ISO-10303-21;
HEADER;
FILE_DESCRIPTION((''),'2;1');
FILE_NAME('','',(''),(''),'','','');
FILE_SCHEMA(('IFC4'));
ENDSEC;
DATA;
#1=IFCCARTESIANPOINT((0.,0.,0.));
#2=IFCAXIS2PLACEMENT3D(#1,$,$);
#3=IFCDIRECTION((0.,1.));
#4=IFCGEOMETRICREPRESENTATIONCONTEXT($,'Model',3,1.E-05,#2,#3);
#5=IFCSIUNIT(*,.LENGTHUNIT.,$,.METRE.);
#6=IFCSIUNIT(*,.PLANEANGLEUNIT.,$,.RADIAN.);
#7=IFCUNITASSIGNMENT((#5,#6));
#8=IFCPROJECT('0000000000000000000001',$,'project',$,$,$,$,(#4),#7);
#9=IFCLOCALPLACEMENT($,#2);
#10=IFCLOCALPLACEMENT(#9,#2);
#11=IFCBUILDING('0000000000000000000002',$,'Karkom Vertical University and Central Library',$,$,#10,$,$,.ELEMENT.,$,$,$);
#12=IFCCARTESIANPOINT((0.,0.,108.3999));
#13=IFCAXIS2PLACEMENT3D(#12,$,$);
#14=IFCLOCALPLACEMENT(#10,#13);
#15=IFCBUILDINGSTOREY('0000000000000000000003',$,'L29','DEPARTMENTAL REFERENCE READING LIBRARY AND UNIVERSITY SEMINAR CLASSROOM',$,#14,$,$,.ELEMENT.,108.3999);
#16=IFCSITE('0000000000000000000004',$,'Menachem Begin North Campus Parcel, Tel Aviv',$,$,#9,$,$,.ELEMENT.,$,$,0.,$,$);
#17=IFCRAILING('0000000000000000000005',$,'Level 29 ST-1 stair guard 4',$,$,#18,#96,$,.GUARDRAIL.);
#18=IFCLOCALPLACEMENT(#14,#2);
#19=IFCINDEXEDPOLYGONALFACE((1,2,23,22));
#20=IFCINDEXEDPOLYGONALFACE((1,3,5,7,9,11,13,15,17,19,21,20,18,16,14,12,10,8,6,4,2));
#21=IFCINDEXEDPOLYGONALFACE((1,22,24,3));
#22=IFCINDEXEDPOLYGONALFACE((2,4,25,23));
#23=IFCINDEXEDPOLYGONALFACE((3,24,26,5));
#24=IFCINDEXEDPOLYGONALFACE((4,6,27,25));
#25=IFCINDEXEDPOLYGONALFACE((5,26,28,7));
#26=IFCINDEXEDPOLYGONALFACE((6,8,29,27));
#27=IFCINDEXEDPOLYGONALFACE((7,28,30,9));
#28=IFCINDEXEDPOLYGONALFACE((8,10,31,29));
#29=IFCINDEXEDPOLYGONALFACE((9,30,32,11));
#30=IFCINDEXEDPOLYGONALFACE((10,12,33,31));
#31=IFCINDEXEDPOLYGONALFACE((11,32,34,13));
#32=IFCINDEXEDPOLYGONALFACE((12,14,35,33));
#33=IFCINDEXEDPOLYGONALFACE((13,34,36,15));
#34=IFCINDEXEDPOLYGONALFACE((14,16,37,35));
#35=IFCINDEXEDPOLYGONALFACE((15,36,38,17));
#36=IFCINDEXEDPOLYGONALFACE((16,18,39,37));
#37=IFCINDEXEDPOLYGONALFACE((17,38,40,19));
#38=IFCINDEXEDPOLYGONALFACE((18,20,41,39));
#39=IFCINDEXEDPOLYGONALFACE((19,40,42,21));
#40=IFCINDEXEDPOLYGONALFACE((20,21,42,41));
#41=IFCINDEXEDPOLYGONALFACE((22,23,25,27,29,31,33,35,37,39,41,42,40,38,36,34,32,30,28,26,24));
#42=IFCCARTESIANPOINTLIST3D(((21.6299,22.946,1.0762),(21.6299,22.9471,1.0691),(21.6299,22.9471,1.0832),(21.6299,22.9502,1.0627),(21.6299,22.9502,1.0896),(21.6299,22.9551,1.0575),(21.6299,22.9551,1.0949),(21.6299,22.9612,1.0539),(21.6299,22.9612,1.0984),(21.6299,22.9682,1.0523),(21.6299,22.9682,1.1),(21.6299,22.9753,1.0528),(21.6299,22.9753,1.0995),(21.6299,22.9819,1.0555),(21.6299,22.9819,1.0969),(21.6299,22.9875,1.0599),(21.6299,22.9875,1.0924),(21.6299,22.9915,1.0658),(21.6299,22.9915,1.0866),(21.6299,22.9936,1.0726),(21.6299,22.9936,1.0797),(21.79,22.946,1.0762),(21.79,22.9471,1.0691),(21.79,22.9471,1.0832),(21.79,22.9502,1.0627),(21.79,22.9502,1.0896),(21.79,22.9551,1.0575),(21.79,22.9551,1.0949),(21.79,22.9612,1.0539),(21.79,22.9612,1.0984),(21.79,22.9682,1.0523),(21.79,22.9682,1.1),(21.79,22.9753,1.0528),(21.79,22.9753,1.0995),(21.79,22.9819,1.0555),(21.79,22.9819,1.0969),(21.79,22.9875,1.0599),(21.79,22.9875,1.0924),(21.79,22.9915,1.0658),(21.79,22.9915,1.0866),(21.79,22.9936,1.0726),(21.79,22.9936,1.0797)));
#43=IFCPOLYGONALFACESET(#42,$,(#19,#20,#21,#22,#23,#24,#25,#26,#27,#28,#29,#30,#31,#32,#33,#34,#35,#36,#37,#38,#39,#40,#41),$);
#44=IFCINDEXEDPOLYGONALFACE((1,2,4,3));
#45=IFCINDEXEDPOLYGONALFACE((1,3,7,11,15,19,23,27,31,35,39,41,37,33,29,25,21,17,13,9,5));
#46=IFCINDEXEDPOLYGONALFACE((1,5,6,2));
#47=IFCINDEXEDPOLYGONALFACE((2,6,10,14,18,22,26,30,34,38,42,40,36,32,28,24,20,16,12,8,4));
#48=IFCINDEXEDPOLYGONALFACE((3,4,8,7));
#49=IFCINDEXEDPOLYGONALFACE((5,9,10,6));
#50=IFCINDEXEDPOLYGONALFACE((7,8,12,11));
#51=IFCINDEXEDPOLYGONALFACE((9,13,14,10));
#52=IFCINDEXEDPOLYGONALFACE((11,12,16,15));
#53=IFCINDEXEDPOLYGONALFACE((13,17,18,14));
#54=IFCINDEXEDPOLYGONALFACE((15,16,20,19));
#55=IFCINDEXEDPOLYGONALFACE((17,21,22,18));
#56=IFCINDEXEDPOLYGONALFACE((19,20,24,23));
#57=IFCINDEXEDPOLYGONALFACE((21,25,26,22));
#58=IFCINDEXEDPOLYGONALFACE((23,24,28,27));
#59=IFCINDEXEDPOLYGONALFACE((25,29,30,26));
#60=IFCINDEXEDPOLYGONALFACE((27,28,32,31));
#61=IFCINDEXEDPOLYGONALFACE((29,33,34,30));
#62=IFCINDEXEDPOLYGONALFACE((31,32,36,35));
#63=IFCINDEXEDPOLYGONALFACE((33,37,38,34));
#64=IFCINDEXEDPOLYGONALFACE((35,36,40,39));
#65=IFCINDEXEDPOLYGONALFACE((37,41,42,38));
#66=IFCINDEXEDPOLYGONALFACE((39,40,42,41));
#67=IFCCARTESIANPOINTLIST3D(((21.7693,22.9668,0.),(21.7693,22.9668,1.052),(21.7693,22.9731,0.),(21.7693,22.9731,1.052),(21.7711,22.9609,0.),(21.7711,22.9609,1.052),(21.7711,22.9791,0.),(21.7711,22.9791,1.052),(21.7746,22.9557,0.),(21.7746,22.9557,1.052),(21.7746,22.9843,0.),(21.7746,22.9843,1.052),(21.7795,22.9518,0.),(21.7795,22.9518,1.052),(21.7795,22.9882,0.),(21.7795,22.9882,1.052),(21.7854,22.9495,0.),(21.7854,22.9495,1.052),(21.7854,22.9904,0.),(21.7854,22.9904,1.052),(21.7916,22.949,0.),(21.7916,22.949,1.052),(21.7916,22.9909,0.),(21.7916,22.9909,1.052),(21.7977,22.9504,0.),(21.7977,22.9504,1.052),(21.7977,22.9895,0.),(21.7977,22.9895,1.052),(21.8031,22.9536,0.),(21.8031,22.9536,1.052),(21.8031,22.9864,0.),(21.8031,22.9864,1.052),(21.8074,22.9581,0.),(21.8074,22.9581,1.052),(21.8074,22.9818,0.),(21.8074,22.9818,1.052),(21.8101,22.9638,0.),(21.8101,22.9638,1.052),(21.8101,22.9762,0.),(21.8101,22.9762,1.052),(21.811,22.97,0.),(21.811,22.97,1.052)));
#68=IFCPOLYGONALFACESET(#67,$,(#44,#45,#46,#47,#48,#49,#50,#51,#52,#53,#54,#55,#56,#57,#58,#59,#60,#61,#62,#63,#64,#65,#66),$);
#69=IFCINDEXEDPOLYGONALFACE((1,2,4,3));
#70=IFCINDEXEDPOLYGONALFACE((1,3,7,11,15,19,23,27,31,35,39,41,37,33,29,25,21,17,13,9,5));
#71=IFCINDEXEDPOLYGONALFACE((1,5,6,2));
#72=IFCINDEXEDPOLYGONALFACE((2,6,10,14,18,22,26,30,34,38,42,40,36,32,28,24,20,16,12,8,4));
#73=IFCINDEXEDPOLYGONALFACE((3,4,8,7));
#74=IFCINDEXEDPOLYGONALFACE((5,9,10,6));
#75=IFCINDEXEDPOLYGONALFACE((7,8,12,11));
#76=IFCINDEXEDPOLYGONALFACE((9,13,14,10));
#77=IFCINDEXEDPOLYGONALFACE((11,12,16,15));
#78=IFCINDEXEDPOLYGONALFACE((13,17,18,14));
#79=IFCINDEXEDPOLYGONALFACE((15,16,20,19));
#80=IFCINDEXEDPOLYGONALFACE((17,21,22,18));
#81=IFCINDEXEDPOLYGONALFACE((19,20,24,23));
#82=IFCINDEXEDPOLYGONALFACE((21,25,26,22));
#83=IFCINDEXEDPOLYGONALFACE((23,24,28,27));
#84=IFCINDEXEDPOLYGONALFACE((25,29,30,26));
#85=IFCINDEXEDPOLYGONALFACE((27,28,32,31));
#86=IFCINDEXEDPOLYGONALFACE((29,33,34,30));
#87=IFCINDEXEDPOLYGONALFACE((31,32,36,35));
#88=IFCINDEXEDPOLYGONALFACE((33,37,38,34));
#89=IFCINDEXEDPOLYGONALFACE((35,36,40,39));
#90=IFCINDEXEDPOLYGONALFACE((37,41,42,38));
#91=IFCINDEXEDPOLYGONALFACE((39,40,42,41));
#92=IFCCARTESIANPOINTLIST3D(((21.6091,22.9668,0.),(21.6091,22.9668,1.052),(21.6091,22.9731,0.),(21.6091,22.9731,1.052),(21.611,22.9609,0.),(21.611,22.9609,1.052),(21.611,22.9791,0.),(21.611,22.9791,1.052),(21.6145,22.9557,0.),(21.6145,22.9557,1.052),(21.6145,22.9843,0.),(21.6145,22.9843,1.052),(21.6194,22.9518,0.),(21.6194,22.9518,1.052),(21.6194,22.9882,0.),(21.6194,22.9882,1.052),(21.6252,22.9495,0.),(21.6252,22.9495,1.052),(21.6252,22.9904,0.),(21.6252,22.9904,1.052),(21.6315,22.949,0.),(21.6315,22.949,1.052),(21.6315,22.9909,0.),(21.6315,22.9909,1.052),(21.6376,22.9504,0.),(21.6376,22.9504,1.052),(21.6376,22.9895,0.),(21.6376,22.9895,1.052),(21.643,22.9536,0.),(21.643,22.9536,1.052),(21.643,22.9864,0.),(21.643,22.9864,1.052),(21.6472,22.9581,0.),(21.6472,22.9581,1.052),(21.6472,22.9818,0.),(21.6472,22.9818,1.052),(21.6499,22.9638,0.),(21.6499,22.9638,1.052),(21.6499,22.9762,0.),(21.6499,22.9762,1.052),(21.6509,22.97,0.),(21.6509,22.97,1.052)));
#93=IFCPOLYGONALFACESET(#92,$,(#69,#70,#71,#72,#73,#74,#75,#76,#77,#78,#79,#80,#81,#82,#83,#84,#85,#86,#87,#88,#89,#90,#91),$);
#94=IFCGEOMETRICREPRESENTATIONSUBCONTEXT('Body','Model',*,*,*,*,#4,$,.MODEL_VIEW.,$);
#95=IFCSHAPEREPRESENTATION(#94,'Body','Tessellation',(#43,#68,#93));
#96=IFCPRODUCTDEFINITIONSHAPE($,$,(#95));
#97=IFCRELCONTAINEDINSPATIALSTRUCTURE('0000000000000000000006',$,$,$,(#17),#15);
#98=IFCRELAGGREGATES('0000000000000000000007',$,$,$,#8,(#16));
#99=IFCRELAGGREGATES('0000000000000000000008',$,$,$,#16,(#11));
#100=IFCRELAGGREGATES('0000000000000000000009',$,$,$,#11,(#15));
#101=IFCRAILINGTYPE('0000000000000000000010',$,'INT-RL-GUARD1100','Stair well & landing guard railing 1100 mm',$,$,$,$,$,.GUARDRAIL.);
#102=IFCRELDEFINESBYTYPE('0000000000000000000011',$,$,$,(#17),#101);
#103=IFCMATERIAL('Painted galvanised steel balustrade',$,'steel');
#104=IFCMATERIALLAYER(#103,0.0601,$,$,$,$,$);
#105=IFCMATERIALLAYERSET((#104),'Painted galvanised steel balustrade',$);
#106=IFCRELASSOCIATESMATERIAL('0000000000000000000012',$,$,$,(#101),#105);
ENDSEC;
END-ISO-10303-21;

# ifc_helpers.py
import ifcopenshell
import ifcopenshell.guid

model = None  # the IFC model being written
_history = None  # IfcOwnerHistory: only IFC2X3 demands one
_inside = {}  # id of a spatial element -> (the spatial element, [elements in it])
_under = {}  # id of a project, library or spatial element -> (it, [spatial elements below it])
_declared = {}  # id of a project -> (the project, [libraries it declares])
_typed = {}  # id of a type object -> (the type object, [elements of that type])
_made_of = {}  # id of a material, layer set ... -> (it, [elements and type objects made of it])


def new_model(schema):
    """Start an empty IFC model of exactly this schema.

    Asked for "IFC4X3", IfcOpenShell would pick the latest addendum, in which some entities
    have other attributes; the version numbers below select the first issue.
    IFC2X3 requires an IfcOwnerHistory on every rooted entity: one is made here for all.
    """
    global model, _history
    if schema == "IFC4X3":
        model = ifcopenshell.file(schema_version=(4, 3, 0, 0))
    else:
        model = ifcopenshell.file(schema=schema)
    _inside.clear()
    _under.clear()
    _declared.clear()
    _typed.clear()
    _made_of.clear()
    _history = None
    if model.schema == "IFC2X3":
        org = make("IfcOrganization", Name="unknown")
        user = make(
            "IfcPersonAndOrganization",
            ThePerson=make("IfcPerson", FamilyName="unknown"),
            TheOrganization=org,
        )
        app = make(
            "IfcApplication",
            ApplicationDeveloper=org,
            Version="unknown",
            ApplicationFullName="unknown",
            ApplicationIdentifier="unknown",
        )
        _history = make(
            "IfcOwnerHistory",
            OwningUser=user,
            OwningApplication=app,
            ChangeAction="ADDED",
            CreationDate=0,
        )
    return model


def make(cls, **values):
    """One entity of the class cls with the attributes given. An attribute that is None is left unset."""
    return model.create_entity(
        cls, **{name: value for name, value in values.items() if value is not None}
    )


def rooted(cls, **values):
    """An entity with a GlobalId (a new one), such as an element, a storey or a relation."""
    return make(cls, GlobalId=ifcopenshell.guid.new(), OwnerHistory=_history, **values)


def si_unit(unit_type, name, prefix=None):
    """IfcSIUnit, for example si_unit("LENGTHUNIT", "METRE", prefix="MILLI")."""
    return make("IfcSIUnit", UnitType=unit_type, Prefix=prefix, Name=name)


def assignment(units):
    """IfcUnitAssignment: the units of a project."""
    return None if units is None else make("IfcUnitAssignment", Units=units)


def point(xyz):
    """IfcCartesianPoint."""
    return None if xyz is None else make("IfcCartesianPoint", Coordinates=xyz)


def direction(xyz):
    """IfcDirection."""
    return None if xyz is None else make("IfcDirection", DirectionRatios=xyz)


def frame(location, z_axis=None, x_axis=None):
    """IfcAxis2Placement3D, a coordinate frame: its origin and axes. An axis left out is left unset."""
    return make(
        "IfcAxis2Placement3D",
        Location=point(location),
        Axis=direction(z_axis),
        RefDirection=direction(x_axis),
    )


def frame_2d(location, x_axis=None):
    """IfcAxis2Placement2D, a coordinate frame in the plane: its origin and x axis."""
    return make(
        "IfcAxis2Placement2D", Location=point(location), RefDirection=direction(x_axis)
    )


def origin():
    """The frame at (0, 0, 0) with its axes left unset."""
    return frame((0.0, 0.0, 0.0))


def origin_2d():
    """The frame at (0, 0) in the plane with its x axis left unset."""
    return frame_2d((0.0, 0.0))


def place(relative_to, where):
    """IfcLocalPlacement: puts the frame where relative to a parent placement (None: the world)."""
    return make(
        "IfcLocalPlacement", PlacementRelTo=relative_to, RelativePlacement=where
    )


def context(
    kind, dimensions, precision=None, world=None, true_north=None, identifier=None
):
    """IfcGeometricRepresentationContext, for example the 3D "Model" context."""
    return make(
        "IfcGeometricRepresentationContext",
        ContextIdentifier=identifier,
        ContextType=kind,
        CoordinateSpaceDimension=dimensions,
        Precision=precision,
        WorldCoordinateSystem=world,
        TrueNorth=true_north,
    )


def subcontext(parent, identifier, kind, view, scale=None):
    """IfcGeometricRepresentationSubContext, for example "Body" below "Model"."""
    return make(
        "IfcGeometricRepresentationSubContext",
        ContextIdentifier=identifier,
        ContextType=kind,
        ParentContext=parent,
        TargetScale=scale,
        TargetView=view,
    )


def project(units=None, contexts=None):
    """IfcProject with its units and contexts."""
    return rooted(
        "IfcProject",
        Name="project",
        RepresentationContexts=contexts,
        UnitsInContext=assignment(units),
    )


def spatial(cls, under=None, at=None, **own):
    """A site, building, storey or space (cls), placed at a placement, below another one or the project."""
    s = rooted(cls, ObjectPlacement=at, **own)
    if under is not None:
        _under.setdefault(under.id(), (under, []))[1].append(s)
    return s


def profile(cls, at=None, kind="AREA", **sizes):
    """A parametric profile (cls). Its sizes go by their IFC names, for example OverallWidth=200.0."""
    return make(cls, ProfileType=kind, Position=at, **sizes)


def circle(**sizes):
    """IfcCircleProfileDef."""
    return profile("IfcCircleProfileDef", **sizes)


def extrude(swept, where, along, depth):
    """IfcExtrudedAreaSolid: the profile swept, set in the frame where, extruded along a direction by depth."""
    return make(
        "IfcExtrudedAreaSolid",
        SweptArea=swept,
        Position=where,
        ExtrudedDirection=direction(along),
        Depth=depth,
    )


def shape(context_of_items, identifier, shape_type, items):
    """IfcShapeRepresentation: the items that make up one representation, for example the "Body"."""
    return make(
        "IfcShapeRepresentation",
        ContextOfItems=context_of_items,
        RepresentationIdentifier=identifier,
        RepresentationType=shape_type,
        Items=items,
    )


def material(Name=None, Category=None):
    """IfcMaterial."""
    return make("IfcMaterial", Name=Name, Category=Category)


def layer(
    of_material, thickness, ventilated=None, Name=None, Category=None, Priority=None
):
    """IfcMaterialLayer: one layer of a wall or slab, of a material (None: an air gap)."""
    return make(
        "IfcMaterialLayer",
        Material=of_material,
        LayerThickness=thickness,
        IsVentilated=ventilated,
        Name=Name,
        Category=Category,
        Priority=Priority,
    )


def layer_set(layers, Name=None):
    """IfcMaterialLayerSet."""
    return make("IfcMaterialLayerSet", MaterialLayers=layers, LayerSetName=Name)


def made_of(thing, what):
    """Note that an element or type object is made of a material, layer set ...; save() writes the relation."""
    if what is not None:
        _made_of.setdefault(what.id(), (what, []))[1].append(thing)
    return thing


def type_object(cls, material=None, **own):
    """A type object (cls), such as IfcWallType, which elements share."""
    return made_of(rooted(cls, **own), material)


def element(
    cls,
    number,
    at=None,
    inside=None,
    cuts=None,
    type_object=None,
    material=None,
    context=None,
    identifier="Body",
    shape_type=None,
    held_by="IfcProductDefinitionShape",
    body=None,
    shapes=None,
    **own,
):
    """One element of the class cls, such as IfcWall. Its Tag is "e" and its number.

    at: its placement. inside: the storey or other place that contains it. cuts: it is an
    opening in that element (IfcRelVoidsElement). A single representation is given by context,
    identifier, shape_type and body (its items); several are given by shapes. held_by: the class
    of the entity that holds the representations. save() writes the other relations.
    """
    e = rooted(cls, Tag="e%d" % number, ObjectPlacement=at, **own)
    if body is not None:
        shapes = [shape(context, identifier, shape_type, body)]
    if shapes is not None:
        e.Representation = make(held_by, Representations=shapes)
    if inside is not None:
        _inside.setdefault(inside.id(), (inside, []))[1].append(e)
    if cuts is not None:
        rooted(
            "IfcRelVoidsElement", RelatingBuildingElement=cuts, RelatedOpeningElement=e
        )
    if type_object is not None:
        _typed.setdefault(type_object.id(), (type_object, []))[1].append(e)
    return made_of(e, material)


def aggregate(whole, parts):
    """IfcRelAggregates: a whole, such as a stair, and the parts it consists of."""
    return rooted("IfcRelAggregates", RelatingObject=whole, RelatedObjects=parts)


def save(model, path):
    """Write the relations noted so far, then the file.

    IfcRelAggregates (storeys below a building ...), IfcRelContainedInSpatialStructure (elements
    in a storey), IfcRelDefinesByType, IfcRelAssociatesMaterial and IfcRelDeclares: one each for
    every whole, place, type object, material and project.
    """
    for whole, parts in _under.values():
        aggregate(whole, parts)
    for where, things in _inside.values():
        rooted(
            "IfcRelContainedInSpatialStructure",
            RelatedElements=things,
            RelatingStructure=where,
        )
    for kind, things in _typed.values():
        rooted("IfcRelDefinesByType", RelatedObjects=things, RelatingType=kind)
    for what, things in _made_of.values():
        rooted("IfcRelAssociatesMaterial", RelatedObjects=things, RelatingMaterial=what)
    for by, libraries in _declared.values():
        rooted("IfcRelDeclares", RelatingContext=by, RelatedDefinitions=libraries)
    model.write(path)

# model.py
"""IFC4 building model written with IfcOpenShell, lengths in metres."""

from ifc_helpers import new_model, si_unit, direction, frame, origin, origin_2d, place, context, subcontext, project, spatial, circle, extrude, material, layer, layer_set, type_object, element, save


model = new_model("IFC4")

# Units and contexts
model_context = context("Model", 3, precision=1e-05, world=origin(), true_north=direction((0.0, 1.0)))
body_context = subcontext(model_context, "Body", "Model", "MODEL_VIEW")
ifc_project = project(units=[si_unit("LENGTHUNIT", "METRE"), si_unit("PLANEANGLEUNIT", "RADIAN")], contexts=[model_context])

# Site, building, storey
site_placement = place(None, origin())
site = spatial("IfcSite", under=ifc_project, at=site_placement, Name="Menachem Begin North Campus Parcel, Tel Aviv", CompositionType="ELEMENT", RefElevation=0.0)
building_placement = place(site_placement, origin())
building = spatial("IfcBuilding", under=site, at=building_placement, Name="Karkom Vertical University and Central Library", CompositionType="ELEMENT")
storey_placement = place(building_placement, frame((0.0, 0.0, 108.3999)))
storey = spatial("IfcBuildingStorey", under=building, at=storey_placement, Name="L29", Description="DEPARTMENTAL REFERENCE READING LIBRARY AND UNIVERSITY SEMINAR CLASSROOM", CompositionType="ELEMENT", Elevation=108.3999)

# Railing
ifc_material_1 = material(Name="Painted galvanised steel balustrade", Category="steel")
ifc_layer_1 = layer(ifc_material_1, 0.0601)
ifc_layer_set_1 = layer_set([ifc_layer_1], Name="Painted galvanised steel balustrade")
railing_type_1 = type_object("IfcRailingType", Name="INT-RL-GUARD1100", Description="Stair well & landing guard railing 1100 mm", PredefinedType="GUARDRAIL", material=ifc_layer_set_1)
railing_1_placement = place(storey_placement, frame((21.79, 22.97, 0.0)))
element("IfcRailing", 1, at=railing_1_placement, inside=storey, type_object=railing_type_1, Name="Level 29 ST-1 stair guard 4", PredefinedType="GUARDRAIL", context=body_context, shape_type="SweptSolid", body=[
    extrude(circle(Radius=0.0239, at=origin_2d()), frame((0.0, 0.0, 1.0762), z_axis=(-1.0, 0.0, 0.0), x_axis=(0.0, -1.0, 0.0)), (0.0, 0.0, 1.0), 0.1602),
    extrude(circle(Radius=0.021, at=origin_2d()), origin(), (0.0, 0.0, 1.0), 1.052),
    extrude(circle(Radius=0.021, at=origin_2d()), frame((-0.1602, 0.0, 0.0)), (0.0, 0.0, 1.0), 1.052),
])

save(model, "model.ifc")
